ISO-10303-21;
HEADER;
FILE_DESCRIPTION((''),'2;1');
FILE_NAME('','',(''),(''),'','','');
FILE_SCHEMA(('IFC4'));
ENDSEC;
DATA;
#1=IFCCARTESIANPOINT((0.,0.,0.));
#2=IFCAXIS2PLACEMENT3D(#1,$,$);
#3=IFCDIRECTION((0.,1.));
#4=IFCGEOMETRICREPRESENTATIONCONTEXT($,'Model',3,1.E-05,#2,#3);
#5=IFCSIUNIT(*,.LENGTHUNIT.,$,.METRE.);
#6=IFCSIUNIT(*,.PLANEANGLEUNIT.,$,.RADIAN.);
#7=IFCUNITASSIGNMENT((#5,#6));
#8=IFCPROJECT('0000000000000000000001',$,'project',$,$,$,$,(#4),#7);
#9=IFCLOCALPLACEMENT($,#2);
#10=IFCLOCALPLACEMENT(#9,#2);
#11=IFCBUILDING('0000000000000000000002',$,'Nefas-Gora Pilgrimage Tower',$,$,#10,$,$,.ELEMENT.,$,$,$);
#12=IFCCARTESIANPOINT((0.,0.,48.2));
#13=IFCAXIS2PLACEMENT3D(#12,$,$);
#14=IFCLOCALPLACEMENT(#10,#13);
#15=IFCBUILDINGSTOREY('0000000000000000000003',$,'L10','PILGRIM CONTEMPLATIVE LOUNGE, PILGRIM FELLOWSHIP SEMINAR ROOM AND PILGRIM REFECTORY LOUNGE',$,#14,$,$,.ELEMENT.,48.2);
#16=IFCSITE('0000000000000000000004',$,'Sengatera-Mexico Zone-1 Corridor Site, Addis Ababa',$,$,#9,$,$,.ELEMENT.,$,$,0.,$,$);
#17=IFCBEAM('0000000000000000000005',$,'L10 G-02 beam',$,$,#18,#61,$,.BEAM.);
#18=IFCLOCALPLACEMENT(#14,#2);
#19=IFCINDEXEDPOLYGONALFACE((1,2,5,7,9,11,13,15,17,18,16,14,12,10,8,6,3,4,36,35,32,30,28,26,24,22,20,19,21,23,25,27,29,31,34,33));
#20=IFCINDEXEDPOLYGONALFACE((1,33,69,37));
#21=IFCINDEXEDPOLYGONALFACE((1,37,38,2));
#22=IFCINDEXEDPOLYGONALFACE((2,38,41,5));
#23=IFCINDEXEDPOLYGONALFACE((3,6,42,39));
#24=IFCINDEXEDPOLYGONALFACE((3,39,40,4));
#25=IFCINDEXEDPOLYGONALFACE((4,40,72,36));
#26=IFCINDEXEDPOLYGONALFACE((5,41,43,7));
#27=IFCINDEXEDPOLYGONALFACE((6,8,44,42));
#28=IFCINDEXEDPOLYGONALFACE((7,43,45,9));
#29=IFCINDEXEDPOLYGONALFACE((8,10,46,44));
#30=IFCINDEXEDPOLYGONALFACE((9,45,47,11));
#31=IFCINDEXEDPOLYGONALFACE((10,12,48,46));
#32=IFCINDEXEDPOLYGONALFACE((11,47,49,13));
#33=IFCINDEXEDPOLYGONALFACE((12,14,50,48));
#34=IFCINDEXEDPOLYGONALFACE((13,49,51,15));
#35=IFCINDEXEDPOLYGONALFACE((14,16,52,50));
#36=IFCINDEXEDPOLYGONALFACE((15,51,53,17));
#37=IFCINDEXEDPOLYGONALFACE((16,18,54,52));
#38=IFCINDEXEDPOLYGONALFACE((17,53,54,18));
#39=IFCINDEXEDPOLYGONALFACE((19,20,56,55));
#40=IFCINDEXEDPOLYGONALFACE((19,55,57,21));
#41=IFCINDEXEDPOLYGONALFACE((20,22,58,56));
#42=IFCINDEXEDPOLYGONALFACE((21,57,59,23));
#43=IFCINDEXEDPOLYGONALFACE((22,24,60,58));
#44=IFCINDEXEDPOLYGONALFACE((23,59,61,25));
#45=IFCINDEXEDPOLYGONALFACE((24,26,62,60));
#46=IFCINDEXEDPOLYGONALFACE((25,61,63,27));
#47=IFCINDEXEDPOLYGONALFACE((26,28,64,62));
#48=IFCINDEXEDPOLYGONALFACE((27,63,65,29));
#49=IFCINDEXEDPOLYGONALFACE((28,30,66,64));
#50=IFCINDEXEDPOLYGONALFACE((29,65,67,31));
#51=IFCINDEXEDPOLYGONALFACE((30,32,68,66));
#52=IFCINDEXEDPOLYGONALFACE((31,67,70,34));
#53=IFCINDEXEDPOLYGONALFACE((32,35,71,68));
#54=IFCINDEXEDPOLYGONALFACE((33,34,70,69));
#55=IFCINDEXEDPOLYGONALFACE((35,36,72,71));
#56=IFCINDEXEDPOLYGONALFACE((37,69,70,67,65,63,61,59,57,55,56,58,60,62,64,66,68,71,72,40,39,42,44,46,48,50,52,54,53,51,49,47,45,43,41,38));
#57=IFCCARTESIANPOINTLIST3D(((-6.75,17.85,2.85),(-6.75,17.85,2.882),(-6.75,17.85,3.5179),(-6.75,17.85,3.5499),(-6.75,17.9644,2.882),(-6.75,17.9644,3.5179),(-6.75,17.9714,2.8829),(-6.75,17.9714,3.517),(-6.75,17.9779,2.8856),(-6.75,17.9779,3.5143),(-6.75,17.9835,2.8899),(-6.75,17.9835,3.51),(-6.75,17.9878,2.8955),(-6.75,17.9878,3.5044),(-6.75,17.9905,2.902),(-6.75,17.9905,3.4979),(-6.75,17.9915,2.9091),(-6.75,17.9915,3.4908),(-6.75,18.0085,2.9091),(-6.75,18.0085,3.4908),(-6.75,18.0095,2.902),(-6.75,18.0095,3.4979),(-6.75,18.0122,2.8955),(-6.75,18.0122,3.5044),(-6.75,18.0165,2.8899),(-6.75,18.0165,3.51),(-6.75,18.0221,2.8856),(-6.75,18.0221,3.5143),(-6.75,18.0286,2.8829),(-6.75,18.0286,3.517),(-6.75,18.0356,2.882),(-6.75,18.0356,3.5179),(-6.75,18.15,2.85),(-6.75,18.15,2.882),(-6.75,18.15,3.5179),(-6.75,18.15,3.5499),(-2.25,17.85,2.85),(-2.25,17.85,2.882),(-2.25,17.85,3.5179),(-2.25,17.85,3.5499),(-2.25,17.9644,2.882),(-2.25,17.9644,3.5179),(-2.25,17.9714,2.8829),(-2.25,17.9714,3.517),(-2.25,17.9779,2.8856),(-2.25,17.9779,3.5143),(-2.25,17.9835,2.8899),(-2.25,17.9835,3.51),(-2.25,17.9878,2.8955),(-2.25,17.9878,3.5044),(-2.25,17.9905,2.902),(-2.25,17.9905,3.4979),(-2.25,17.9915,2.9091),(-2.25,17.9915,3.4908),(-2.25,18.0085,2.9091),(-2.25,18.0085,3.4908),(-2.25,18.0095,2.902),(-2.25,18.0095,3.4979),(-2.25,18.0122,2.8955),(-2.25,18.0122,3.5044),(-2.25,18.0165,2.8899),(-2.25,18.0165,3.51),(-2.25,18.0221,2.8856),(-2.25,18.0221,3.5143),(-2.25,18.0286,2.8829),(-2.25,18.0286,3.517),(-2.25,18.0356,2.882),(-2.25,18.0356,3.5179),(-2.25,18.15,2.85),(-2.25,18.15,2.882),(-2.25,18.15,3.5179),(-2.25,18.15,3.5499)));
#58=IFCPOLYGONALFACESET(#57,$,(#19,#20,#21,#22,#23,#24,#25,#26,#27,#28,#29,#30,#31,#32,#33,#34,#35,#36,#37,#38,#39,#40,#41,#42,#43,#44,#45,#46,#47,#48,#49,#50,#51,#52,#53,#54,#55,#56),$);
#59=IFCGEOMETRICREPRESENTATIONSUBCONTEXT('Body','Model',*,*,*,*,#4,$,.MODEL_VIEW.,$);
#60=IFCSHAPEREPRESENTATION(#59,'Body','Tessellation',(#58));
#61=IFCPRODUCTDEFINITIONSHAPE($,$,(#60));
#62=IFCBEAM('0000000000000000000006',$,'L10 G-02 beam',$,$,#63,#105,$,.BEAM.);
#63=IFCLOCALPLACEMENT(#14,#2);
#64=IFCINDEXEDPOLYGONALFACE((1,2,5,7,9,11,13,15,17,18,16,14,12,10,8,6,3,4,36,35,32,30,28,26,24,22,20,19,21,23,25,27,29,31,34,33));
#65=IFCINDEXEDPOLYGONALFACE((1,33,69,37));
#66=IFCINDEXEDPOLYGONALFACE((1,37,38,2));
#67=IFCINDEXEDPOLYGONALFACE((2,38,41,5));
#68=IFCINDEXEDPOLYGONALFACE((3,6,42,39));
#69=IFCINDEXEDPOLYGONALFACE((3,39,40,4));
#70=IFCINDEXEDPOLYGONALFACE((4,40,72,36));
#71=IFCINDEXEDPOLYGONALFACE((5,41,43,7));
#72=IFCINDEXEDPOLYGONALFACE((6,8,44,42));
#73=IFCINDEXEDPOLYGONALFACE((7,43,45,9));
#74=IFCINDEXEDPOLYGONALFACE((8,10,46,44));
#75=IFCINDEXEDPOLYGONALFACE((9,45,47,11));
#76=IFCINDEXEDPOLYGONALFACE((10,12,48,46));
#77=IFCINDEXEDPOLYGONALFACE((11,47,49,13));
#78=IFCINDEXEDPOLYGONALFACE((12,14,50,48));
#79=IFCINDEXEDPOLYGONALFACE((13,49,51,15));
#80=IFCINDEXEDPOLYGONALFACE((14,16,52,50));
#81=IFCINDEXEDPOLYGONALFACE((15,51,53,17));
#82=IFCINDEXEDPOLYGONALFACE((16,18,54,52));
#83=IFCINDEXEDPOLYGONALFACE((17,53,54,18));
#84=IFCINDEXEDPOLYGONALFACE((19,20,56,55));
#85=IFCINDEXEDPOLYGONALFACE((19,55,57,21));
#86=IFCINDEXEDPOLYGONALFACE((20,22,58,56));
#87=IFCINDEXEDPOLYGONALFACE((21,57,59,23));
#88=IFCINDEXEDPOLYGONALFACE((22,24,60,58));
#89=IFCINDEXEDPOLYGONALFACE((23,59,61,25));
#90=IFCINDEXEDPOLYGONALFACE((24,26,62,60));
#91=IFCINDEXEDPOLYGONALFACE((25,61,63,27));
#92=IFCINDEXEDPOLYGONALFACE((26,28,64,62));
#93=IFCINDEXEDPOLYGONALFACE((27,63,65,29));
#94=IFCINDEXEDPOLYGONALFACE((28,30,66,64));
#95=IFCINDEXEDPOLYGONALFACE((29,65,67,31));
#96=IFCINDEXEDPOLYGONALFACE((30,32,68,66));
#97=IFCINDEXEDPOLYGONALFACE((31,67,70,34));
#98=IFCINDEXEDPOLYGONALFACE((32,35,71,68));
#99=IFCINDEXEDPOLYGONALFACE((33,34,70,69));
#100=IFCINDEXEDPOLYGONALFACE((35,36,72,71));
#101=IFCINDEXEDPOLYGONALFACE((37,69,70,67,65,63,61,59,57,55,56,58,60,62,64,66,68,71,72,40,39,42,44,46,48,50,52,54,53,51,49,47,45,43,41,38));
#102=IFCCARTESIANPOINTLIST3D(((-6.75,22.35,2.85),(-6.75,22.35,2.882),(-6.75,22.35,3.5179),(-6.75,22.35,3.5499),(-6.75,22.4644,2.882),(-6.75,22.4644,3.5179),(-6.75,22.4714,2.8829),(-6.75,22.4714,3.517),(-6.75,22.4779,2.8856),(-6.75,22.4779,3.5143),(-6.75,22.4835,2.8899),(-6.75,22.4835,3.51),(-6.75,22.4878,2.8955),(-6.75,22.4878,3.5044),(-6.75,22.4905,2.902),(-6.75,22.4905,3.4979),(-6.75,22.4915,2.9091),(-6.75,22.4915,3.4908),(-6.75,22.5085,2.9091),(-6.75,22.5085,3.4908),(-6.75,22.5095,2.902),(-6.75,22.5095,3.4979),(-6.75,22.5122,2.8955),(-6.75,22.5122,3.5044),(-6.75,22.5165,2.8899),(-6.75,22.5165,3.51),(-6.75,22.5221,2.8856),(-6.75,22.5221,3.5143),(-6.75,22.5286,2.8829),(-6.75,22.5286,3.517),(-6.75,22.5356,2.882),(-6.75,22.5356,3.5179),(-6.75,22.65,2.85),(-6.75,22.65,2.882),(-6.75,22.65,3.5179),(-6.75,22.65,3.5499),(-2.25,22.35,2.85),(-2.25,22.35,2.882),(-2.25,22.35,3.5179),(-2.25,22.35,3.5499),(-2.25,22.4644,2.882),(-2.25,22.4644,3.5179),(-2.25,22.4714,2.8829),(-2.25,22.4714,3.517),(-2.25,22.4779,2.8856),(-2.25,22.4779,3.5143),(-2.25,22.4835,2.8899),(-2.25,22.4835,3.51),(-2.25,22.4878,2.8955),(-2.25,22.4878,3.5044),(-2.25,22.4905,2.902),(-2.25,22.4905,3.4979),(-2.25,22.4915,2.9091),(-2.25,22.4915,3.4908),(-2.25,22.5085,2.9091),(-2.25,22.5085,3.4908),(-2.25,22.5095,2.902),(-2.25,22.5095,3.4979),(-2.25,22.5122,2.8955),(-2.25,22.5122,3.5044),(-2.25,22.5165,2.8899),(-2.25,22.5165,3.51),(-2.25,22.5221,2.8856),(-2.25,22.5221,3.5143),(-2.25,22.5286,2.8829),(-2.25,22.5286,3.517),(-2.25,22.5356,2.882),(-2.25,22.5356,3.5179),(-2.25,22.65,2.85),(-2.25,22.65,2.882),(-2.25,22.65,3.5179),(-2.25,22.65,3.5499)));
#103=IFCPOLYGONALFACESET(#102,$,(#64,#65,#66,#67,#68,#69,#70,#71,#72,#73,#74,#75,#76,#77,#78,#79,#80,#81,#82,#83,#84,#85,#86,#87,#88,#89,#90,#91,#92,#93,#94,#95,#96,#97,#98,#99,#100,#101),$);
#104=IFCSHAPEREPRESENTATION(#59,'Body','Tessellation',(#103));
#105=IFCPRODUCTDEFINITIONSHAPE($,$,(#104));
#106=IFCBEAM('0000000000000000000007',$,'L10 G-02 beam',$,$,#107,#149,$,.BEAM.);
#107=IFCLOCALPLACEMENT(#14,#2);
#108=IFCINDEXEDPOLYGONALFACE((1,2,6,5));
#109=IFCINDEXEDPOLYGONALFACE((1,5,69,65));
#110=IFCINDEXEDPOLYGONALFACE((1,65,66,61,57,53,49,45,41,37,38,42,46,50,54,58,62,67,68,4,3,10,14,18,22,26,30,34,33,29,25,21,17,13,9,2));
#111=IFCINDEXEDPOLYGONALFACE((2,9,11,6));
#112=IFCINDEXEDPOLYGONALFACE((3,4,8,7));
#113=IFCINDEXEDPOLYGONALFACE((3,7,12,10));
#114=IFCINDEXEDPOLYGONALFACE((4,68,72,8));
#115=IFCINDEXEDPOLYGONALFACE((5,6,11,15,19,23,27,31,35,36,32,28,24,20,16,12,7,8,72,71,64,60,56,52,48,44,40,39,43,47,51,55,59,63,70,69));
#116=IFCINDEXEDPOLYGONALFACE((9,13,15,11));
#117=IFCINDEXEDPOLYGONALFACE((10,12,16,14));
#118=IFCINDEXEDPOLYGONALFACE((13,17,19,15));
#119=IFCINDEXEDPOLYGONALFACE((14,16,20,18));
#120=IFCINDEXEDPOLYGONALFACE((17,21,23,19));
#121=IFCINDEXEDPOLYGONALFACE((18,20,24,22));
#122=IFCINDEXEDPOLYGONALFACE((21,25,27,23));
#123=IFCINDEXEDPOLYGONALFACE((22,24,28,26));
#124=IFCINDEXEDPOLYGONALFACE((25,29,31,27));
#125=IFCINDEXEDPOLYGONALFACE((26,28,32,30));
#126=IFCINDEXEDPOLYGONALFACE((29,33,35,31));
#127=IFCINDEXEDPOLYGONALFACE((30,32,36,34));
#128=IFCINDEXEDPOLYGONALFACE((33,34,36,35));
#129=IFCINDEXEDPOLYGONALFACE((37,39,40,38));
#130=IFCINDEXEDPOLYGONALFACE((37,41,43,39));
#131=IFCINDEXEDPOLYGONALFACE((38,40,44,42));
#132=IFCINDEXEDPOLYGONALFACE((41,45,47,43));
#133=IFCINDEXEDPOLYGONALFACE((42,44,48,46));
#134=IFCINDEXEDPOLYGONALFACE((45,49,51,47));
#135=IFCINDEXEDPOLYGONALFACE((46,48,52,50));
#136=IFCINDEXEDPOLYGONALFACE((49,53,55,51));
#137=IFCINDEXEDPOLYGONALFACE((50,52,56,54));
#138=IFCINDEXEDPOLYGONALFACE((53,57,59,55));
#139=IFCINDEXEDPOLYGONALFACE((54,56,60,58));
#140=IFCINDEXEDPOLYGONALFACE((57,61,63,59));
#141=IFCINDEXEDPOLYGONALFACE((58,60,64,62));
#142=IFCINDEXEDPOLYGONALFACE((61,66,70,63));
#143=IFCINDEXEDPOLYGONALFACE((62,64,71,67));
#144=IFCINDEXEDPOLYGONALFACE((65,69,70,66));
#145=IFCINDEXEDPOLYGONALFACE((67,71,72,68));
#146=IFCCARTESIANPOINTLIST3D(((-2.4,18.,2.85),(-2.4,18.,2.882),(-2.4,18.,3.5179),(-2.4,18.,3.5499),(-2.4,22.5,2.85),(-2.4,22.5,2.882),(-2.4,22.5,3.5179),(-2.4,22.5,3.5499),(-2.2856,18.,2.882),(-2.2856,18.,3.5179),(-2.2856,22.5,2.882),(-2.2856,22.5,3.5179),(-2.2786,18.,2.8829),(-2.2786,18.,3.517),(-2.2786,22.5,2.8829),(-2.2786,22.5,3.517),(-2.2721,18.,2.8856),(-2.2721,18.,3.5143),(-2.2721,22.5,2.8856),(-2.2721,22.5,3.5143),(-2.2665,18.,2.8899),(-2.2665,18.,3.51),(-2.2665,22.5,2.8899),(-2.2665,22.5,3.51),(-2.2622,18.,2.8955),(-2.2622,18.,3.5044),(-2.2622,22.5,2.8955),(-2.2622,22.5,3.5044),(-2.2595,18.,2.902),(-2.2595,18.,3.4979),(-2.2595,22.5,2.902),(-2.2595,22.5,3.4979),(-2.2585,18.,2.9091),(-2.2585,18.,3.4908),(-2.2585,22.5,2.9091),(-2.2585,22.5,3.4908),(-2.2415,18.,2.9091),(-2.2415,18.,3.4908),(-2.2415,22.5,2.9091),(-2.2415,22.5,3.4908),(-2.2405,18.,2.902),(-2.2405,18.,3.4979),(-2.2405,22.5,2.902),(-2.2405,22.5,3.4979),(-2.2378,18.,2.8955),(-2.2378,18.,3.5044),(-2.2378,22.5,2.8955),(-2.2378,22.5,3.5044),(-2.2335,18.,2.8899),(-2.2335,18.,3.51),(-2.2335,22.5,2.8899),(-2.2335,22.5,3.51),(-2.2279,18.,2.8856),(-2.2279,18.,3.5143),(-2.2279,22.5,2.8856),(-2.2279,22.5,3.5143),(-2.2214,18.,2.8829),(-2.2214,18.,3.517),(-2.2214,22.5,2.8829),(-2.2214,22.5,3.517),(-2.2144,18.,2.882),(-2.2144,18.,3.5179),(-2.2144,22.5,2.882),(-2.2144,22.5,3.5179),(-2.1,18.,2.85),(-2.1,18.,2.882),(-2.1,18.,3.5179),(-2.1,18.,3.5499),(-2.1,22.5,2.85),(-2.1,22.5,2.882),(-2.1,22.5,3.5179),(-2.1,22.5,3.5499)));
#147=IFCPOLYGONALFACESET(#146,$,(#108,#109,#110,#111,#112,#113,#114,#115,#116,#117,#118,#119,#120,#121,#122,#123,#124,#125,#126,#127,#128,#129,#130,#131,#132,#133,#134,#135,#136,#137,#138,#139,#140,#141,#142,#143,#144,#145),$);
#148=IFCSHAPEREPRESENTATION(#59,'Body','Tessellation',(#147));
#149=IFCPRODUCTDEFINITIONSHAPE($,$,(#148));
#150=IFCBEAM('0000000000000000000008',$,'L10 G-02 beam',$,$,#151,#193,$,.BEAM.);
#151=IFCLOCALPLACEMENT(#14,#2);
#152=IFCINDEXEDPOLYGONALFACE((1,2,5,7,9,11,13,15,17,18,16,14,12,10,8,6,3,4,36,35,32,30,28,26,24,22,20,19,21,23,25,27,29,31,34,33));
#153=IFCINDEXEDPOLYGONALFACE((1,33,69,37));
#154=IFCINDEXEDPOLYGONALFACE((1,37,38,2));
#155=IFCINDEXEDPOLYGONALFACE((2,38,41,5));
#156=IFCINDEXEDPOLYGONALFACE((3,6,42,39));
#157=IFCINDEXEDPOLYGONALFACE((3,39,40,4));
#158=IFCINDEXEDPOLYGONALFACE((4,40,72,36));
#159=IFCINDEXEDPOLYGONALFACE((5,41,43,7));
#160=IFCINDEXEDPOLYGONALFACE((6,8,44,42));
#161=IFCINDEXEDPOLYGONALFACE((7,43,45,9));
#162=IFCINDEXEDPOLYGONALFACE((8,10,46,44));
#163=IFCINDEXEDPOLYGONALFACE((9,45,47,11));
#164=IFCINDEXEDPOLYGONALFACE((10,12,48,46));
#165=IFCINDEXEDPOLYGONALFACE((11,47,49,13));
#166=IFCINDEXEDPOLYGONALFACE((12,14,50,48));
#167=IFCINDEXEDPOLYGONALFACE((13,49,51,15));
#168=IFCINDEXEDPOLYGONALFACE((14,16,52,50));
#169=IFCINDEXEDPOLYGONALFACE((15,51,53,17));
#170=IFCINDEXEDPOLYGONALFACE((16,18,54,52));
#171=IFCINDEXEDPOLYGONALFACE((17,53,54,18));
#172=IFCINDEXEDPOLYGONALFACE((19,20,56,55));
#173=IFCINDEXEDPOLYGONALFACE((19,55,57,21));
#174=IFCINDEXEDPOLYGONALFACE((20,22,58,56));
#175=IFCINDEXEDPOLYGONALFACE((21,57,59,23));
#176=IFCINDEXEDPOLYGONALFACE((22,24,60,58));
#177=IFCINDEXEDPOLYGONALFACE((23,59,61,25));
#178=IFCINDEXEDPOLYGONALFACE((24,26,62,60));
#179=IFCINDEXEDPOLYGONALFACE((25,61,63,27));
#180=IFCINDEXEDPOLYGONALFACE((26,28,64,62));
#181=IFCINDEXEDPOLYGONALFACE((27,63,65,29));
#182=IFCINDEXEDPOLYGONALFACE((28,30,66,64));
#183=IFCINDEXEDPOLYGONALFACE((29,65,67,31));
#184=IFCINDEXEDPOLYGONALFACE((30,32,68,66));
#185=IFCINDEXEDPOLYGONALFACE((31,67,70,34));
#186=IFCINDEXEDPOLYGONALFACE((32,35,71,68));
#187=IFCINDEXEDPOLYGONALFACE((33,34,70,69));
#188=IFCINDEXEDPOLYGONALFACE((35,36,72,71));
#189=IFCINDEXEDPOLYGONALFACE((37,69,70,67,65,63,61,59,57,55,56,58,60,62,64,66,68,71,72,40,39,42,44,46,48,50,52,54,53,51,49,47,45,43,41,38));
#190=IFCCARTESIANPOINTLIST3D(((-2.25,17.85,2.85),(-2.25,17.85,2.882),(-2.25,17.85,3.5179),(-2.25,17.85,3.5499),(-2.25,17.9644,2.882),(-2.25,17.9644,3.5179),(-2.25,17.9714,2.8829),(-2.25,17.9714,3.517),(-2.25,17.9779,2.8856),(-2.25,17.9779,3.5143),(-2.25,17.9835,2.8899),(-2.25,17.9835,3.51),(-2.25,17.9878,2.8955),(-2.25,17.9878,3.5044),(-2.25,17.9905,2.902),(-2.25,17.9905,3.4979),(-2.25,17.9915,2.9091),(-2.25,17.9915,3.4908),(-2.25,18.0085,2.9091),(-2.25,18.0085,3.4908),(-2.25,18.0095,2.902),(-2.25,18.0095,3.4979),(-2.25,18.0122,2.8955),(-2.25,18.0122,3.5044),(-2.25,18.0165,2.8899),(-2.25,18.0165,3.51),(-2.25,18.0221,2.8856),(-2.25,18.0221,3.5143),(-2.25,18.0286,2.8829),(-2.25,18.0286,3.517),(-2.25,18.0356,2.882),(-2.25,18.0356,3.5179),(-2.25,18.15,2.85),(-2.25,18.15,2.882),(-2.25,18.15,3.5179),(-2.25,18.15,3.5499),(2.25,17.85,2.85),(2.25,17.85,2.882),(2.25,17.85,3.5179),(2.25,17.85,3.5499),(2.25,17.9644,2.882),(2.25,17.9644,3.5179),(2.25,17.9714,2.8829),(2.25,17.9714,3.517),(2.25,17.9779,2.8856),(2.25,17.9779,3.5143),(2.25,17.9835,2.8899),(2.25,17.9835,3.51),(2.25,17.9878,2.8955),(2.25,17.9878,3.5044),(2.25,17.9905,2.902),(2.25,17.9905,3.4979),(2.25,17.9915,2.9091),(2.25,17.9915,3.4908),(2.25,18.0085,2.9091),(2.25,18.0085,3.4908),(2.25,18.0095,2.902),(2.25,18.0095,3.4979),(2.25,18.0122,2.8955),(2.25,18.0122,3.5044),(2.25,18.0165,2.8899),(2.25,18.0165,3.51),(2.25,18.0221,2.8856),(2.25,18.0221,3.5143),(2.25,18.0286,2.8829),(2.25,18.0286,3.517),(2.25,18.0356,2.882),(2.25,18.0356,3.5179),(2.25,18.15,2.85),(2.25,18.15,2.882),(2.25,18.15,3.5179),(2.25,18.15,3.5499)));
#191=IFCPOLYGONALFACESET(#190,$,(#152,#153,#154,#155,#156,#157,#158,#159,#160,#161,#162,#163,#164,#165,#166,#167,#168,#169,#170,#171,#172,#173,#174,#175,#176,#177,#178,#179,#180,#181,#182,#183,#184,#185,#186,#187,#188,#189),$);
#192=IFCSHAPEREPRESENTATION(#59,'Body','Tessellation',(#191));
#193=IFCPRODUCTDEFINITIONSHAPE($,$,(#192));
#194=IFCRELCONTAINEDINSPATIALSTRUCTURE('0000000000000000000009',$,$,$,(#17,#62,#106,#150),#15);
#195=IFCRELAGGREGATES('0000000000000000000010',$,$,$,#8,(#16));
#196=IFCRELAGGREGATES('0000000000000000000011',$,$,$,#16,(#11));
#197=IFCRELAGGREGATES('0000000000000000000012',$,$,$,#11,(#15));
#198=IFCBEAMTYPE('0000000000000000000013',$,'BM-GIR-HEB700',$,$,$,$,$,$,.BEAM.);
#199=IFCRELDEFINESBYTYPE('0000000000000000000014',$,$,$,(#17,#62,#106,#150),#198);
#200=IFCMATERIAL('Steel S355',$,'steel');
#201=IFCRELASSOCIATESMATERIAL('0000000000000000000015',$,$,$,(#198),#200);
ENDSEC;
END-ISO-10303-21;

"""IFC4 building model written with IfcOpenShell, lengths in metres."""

from ifc_helpers import new_model, si_unit, direction, frame, origin, origin_2d, place, context, subcontext, project, spatial, i_section, extrude, source, transform, mapped, material, material_profile, profile_set, type_object, element, save


model = new_model("IFC4")

# Units and contexts
model_context = context("Model", 3, precision=1e-05, world=origin(), true_north=direction((0.0, 1.0)))
body_context = subcontext(model_context, "Body", "Model", "MODEL_VIEW")
ifc_project = project(units=[si_unit("LENGTHUNIT", "METRE"), si_unit("PLANEANGLEUNIT", "RADIAN")], contexts=[model_context])

# Site, building, storey
site_placement = place(None, origin())
site = spatial("IfcSite", under=ifc_project, at=site_placement, Name="Sengatera-Mexico Zone-1 Corridor Site, Addis Ababa", CompositionType="ELEMENT", RefElevation=0.0)
building_placement = place(site_placement, origin())
building = spatial("IfcBuilding", under=site, at=building_placement, Name="Nefas-Gora Pilgrimage Tower", CompositionType="ELEMENT")
storey_placement = place(building_placement, frame((0.0, 0.0, 48.2)))
storey = spatial("IfcBuildingStorey", under=building, at=storey_placement, Name="L10", Description="PILGRIM CONTEMPLATIVE LOUNGE, PILGRIM FELLOWSHIP SEMINAR ROOM AND PILGRIM REFECTORY LOUNGE", CompositionType="ELEMENT", Elevation=48.2)

# Beams
ifc_material_1 = material(Name="Steel S355", Category="steel")
ifc_material_profile_1 = material_profile(ifc_material_1, i_section(OverallWidth=0.3, OverallDepth=0.7, WebThickness=0.0171, FlangeThickness=0.032, FilletRadius=0.0271, at=origin_2d()), Name="HEB 700")
ifc_profile_set_1 = profile_set([ifc_material_profile_1], Name="Steel S355")
beam_type = type_object("IfcBeamType", Name="BM-GIR-HEB700", PredefinedType="BEAM", material=ifc_profile_set_1)
shared_shape_1 = source(origin(), body_context, "Body", "SweptSolid", [
    extrude(i_section(OverallWidth=0.3, OverallDepth=0.7, WebThickness=0.0171, FlangeThickness=0.032, FilletRadius=0.0271, at=origin_2d()), origin(), (0.0, 0.0, 1.0), 4.5),
])
for number, where, z_axis, x_axis, name in (
    (1, (-6.75, 18.0, 3.2), (1.0, 0.0, 0.0), (0.0, 1.0, 0.0), "L10 G-02 beam"),
    (2, (-6.75, 22.5, 3.2), (1.0, 0.0, 0.0), (0.0, 1.0, 0.0), "L10 G-02 beam"),
    (3, (-2.25, 18.0, 3.2), (0.0, 1.0, 0.0), (-1.0, 0.0, 0.0), "L10 G-02 beam"),
    (4, (-2.25, 18.0, 3.2), (1.0, 0.0, 0.0), (0.0, 1.0, 0.0), "L10 G-02 beam"),
):
    element("IfcBeam", number, at=place(storey_placement, frame(where, z_axis=z_axis, x_axis=x_axis)), inside=storey, type_object=beam_type, Name=name, PredefinedType="BEAM", context=body_context, shape_type="MappedRepresentation", body=[
        mapped(shared_shape_1, transform((0.0, 0.0, 0.0), x_axis=(1.0, 0.0, 0.0), y_axis=(0.0, 1.0, 0.0), z_axis=(0.0, 0.0, 1.0), scale=1.0)),
    ])

save(model, "model.ifc")
